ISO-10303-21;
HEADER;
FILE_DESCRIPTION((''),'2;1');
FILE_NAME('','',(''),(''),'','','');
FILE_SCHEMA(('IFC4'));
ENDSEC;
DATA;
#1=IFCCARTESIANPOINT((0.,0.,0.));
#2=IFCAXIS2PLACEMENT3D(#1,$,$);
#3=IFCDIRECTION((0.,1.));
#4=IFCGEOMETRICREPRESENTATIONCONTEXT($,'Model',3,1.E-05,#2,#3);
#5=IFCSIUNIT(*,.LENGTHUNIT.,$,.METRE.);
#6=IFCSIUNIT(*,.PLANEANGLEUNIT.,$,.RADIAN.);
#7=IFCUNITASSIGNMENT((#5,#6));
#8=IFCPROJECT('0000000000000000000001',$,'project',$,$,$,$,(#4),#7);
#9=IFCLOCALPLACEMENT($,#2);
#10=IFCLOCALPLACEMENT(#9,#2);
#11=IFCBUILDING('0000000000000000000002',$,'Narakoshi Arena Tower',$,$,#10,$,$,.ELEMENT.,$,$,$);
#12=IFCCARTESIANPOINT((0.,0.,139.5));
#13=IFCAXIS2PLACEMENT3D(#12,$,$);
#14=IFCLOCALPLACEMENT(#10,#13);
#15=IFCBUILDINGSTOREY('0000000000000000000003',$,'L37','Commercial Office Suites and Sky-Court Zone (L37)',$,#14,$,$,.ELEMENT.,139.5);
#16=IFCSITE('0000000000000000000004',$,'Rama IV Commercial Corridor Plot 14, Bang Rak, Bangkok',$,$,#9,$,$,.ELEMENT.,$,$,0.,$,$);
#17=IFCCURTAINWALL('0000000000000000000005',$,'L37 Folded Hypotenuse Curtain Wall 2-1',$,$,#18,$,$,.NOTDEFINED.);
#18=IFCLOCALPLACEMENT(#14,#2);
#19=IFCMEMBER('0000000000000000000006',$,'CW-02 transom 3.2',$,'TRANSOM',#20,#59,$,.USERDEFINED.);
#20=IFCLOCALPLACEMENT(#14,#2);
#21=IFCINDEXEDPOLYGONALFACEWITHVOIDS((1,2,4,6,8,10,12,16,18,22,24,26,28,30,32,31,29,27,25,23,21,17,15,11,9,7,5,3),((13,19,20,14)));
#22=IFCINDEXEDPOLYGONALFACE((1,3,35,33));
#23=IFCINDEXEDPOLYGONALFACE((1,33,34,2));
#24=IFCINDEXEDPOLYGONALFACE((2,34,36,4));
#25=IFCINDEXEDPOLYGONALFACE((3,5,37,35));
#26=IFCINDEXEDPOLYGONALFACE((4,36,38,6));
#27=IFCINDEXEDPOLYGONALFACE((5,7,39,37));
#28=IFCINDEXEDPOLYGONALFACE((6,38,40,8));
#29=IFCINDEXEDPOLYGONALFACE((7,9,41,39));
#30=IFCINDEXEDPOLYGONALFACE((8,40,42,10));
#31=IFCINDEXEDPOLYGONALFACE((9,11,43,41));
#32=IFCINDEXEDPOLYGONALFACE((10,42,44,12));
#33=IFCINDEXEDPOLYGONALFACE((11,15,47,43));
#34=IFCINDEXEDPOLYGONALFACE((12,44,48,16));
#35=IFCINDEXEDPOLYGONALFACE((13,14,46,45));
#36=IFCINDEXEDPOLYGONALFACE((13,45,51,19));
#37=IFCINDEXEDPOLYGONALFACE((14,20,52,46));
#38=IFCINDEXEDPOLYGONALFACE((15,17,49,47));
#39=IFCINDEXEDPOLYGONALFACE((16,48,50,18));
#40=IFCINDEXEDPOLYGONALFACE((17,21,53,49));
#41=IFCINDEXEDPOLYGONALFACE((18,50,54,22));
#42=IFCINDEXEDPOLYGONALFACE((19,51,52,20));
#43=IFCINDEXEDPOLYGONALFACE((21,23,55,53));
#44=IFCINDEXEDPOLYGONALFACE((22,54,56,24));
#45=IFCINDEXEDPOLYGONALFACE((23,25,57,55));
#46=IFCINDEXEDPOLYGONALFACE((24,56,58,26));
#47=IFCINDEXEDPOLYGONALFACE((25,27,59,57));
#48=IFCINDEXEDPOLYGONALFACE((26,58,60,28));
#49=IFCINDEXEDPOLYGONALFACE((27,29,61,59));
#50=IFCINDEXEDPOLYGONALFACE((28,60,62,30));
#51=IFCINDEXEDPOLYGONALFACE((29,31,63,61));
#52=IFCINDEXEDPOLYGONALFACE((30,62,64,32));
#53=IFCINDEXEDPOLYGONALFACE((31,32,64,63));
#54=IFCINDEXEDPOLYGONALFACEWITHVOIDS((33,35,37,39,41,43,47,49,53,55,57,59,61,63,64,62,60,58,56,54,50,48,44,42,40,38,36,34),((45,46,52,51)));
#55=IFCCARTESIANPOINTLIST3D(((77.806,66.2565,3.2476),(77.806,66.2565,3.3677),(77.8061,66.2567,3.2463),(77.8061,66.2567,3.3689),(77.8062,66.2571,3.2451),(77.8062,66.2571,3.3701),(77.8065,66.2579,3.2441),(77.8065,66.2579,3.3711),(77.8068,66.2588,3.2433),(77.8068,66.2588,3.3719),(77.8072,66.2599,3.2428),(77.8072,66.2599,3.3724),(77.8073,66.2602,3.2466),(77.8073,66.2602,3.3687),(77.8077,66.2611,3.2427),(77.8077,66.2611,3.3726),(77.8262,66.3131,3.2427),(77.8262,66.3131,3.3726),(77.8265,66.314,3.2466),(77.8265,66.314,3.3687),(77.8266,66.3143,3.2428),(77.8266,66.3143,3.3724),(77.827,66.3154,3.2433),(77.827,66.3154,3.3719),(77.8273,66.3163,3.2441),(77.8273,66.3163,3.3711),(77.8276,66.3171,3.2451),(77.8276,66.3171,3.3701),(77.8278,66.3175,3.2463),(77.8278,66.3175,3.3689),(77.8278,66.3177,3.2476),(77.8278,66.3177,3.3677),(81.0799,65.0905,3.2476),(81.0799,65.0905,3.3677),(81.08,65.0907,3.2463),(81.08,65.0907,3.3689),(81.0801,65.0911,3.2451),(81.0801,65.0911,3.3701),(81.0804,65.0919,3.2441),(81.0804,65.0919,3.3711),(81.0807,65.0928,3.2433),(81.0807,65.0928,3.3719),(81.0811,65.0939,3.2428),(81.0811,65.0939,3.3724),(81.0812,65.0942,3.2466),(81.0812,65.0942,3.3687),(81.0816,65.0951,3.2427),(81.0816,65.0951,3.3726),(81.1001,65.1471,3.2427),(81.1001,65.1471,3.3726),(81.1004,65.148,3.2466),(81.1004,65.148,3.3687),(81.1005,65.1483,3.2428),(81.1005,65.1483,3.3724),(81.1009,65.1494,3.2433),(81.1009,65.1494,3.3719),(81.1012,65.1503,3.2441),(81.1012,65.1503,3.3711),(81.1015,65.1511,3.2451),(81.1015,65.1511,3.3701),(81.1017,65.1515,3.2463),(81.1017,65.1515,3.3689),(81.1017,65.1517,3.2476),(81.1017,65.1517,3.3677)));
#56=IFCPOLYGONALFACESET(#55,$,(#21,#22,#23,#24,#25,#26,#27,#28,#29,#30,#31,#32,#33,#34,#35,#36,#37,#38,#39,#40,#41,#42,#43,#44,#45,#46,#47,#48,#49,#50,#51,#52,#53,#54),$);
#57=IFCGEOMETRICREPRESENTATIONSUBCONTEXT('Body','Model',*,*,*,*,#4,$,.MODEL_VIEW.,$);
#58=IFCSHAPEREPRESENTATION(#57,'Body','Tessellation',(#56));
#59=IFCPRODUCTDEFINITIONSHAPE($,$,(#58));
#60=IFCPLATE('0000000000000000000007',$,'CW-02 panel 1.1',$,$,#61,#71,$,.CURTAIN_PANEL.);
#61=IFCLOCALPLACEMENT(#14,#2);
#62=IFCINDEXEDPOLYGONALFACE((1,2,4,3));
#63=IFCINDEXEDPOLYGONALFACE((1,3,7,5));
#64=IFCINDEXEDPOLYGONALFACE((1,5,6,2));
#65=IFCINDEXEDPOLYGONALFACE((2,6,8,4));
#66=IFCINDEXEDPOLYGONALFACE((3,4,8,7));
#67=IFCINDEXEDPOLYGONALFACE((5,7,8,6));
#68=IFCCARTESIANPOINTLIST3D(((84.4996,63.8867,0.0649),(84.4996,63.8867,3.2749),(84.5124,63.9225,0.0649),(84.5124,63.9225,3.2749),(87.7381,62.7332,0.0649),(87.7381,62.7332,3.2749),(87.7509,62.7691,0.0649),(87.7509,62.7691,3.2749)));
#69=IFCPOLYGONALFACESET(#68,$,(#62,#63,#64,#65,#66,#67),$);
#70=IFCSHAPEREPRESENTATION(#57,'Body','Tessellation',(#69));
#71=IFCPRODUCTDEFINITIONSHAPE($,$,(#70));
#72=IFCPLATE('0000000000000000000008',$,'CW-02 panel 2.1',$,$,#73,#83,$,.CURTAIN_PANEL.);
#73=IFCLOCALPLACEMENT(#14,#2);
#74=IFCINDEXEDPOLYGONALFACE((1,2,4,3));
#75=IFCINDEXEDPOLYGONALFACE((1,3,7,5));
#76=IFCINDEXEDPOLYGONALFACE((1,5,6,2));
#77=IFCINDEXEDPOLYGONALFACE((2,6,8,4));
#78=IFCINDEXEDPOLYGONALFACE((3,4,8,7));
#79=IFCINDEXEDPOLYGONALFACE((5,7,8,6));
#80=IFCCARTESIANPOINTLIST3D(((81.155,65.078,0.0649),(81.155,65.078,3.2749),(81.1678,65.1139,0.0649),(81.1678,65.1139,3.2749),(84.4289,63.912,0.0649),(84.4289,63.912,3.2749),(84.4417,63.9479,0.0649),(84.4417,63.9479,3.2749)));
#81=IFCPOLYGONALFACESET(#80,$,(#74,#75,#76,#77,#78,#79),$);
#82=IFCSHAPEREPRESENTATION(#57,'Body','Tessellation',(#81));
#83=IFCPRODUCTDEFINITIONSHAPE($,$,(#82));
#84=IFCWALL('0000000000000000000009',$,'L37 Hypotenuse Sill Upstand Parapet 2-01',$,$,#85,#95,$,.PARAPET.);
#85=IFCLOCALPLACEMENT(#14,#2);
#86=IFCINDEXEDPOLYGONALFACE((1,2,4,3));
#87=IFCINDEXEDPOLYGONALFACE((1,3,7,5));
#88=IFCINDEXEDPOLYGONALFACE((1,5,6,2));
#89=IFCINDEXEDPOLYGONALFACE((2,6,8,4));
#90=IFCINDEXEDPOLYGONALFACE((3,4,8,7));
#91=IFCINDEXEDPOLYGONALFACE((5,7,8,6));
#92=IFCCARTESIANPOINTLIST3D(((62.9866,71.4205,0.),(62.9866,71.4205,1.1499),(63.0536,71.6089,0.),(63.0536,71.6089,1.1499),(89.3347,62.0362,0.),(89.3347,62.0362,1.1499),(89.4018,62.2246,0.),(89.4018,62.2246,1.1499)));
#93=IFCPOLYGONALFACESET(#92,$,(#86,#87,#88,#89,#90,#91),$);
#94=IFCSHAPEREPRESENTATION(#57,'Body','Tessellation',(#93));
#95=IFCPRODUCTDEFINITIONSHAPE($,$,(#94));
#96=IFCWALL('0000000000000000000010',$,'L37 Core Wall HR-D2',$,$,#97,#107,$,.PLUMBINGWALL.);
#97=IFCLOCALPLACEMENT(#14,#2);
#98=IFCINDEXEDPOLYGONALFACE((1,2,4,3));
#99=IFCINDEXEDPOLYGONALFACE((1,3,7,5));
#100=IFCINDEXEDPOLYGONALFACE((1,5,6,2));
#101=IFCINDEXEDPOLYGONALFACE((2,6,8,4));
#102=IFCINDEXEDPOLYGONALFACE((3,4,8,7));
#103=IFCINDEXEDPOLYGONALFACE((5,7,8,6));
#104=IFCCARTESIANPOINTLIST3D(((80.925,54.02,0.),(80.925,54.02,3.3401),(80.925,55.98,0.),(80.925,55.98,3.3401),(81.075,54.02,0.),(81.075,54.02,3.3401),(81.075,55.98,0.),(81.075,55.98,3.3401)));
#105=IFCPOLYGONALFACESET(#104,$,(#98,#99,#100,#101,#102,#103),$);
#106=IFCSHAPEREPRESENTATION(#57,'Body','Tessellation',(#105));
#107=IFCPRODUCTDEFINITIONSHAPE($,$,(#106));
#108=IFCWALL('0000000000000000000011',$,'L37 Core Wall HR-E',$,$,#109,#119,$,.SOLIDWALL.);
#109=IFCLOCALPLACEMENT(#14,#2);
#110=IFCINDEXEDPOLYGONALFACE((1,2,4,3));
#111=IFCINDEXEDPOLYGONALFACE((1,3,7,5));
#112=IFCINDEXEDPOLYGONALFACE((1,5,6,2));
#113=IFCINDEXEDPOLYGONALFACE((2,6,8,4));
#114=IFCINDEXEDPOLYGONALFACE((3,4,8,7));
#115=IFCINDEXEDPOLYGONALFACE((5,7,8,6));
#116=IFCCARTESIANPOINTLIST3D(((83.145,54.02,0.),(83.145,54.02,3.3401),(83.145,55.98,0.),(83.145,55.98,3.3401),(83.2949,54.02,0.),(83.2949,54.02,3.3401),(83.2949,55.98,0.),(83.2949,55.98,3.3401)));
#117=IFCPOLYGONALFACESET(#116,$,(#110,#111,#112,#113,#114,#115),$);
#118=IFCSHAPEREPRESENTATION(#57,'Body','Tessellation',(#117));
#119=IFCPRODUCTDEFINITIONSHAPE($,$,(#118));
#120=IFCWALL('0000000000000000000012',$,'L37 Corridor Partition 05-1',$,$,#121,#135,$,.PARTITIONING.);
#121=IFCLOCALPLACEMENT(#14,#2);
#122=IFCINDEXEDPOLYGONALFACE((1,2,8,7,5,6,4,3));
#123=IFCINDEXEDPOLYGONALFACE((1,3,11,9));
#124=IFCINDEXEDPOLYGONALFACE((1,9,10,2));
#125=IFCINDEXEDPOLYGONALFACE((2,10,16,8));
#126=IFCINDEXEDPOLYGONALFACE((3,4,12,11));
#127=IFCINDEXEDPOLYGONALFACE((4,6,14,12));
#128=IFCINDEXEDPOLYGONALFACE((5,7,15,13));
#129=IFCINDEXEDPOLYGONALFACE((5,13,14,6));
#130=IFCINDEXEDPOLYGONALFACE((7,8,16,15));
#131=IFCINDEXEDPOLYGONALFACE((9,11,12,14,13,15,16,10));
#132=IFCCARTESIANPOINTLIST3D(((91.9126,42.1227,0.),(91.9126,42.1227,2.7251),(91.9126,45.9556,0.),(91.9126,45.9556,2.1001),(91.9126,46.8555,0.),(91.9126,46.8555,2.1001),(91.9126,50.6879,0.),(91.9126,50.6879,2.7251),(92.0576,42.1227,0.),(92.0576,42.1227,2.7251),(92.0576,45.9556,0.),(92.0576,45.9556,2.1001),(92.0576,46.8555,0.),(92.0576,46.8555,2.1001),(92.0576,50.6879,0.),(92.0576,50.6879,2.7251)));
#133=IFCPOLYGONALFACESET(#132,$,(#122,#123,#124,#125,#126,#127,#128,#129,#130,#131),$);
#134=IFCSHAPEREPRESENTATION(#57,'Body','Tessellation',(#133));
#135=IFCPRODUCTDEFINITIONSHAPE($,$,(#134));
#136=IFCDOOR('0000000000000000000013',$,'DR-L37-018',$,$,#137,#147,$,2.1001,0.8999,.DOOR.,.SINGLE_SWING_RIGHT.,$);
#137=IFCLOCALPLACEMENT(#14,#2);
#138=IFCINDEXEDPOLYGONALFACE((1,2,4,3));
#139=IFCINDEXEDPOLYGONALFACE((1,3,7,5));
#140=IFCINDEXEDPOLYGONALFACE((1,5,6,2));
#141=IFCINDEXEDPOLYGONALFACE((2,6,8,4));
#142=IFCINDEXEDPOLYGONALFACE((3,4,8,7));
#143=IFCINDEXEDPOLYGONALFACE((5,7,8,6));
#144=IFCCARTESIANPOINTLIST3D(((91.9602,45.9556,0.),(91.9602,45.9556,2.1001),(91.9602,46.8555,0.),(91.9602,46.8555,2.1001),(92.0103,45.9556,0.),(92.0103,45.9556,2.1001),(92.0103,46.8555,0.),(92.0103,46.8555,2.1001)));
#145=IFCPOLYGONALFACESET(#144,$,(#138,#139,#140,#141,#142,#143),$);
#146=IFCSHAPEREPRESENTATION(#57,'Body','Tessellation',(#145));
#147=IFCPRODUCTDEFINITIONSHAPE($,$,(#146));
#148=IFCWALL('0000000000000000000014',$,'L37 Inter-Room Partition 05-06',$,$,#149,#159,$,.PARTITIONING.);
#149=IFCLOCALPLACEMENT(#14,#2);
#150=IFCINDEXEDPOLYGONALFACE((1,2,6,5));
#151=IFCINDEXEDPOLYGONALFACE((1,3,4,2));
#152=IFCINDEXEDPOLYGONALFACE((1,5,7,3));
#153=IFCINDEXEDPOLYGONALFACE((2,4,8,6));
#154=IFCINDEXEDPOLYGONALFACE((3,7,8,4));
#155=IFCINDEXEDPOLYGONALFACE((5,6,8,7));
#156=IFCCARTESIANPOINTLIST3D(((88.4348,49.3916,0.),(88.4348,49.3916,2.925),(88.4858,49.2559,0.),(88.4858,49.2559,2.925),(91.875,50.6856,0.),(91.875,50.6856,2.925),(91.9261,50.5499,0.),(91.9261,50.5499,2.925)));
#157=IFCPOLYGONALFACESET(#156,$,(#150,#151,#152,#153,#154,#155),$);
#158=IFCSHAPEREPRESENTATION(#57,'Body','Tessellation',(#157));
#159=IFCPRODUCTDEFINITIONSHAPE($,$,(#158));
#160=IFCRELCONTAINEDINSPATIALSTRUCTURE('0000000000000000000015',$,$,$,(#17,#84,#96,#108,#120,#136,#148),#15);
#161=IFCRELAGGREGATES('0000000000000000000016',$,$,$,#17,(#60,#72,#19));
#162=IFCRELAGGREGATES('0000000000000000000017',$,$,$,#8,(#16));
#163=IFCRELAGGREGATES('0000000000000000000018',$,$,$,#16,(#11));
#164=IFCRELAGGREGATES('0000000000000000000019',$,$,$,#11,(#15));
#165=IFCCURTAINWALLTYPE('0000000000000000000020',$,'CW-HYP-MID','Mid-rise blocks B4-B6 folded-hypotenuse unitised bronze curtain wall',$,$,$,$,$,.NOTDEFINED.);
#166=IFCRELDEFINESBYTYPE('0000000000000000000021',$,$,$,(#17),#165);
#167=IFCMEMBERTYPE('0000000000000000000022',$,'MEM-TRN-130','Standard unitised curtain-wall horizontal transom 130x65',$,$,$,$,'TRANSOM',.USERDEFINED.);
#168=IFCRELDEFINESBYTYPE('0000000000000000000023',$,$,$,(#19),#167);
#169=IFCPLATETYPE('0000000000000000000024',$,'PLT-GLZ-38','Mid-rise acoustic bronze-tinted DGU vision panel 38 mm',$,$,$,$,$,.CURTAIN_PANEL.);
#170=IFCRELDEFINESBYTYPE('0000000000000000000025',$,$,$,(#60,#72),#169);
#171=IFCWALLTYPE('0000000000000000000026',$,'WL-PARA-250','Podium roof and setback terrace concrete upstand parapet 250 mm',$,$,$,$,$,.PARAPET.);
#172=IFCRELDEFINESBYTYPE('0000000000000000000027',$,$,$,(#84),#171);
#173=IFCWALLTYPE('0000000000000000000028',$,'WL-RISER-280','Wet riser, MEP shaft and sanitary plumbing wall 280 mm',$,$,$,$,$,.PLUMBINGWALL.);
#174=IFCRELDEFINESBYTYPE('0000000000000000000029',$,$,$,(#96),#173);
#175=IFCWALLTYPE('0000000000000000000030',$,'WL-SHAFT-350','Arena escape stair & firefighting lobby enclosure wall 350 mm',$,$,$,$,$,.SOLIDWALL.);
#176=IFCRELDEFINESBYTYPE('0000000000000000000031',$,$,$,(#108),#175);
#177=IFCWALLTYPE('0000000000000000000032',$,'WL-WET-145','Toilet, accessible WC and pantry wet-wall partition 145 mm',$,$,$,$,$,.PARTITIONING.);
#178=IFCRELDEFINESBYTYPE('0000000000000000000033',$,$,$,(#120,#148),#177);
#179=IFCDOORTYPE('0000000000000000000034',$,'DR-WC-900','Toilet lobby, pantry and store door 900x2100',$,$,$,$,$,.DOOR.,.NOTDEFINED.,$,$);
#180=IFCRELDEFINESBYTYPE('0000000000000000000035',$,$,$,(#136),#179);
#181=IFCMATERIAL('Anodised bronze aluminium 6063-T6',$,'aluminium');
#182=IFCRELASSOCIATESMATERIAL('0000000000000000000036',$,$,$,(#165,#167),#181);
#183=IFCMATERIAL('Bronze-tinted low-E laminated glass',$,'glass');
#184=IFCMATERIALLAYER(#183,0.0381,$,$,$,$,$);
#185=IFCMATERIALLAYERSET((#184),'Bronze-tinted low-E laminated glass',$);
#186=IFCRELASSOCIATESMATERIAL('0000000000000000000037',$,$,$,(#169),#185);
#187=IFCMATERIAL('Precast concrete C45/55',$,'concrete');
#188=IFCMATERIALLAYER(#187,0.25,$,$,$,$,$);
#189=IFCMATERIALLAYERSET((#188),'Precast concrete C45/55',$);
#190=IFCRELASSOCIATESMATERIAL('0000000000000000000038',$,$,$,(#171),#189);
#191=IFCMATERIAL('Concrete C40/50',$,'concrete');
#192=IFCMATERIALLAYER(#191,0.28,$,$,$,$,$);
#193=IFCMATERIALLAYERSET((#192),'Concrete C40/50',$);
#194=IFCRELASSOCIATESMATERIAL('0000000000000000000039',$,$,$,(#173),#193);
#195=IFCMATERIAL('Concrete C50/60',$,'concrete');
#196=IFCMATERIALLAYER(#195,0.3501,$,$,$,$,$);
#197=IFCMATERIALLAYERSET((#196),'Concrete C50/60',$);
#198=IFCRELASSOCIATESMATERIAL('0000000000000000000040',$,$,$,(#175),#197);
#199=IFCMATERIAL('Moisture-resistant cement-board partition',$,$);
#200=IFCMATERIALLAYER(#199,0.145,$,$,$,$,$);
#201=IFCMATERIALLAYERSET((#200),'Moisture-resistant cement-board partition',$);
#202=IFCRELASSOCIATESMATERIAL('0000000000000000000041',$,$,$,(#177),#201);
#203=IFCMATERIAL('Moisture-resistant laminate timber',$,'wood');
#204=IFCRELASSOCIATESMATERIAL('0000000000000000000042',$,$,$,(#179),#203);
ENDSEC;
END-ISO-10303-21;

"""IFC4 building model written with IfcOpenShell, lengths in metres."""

from ifc_helpers import new_model, si_unit, direction, frame, frame_2d, origin, origin_2d, place, context, subcontext, project, spatial, rectangle, hollow_rectangle, extrude, material, layer, layer_set, material_profile, profile_set, type_object, element, fill, aggregate, save


model = new_model("IFC4")

# Units and contexts
model_context = context("Model", 3, precision=1e-05, world=origin(), true_north=direction((0.0, 1.0)))
body_context = subcontext(model_context, "Body", "Model", "MODEL_VIEW")
ifc_project = project(units=[si_unit("LENGTHUNIT", "METRE"), si_unit("PLANEANGLEUNIT", "RADIAN")], contexts=[model_context])

# Site, building, storey
site_placement = place(None, origin())
site = spatial("IfcSite", under=ifc_project, at=site_placement, Name="Rama IV Commercial Corridor Plot 14, Bang Rak, Bangkok", CompositionType="ELEMENT", RefElevation=0.0)
building_placement = place(site_placement, origin())
building = spatial("IfcBuilding", under=site, at=building_placement, Name="Narakoshi Arena Tower", CompositionType="ELEMENT")
storey_placement = place(building_placement, frame((0.0, 0.0, 139.5)))
storey = spatial("IfcBuildingStorey", under=building, at=storey_placement, Name="L37", Description="Commercial Office Suites and Sky-Court Zone (L37)", CompositionType="ELEMENT", Elevation=139.5)

# Shared definitions
ifc_material_1 = material(Name="Anodised bronze aluminium 6063-T6", Category="aluminium")
curtain_wall_type = type_object("IfcCurtainWallType", Name="CW-HYP-MID", Description="Mid-rise blocks B4-B6 folded-hypotenuse unitised bronze curtain wall", PredefinedType="NOTDEFINED", material=ifc_material_1)

# Curtain wall, member, plates
curtain_wall_1_placement = place(storey_placement, origin())
curtain_wall_1 = element("IfcCurtainWall", 1, at=curtain_wall_1_placement, inside=storey, type_object=curtain_wall_type, Name="L37 Folded Hypotenuse Curtain Wall 2-1", PredefinedType="NOTDEFINED")
ifc_material_profile_1 = material_profile(ifc_material_1, hollow_rectangle(XDim=0.0649, YDim=0.1299, WallThickness=0.0039, OuterFilletRadius=0.0049, at=origin_2d()), Name="TRN130x65x4")
ifc_profile_set_1 = profile_set([ifc_material_profile_1], Name="Anodised bronze aluminium 6063-T6")
member_type_1 = type_object("IfcMemberType", Name="MEM-TRN-130", Description="Standard unitised curtain-wall horizontal transom 130x65", ElementType="TRANSOM", PredefinedType="USERDEFINED", material=ifc_profile_set_1)
member_1_placement = place(storey_placement, frame((81.0908, 65.1211, 3.3076), z_axis=(-0.942037, 0.335509, 0.0), x_axis=(-0.335509, -0.942037, 0.0)))
member_1 = element("IfcMember", 2, at=member_1_placement, type_object=member_type_1, Name="CW-02 transom 3.2", ObjectType="TRANSOM", PredefinedType="USERDEFINED", context=body_context, shape_type="SweptSolid", body=[
    extrude(hollow_rectangle(XDim=0.0649, YDim=0.1299, WallThickness=0.0039, OuterFilletRadius=0.0049, at=origin_2d()), origin(), (0.0, 0.0, 1.0), 3.4753),
])
ifc_material_2 = material(Name="Bronze-tinted low-E laminated glass", Category="glass")
ifc_layer_1 = layer(ifc_material_2, 0.0381)
ifc_layer_set_1 = layer_set([ifc_layer_1], Name="Bronze-tinted low-E laminated glass")
plate_type = type_object("IfcPlateType", Name="PLT-GLZ-38", Description="Mid-rise acoustic bronze-tinted DGU vision panel 38 mm", PredefinedType="CURTAIN_PANEL", material=ifc_layer_set_1)
plate_1_placement = place(storey_placement, frame((86.1252, 63.3279, 0.0649), z_axis=(0.0, 0.0, 1.0), x_axis=(-0.942034, 0.335518, 0.0)))
plate_1 = element("IfcPlate", 3, at=plate_1_placement, type_object=plate_type, Name="CW-02 panel 1.1", PredefinedType="CURTAIN_PANEL", context=body_context, shape_type="SweptSolid", body=[
    extrude(rectangle(XDim=3.4377, YDim=0.0381, at=origin_2d()), origin(), (0.0, 0.0, 1.0), 3.21),
])
plate_2_placement = place(storey_placement, frame((82.7983, 64.5129, 0.0649), z_axis=(0.0, 0.0, 1.0), x_axis=(-0.942034, 0.335518, 0.0)))
plate_2 = element("IfcPlate", 4, at=plate_2_placement, type_object=plate_type, Name="CW-02 panel 2.1", PredefinedType="CURTAIN_PANEL", context=body_context, shape_type="SweptSolid", body=[
    extrude(rectangle(XDim=3.4753, YDim=0.0381, at=origin_2d()), origin(), (0.0, 0.0, 1.0), 3.21),
])
aggregate(curtain_wall_1, [plate_1, plate_2, member_1])

# Walls
ifc_material_3 = material(Name="Precast concrete C45/55", Category="concrete")
ifc_layer_2 = layer(ifc_material_3, 0.25)
ifc_layer_set_2 = layer_set([ifc_layer_2], Name="Precast concrete C45/55")
wall_type_1 = type_object("IfcWallType", Name="WL-PARA-250", Description="Podium roof and setback terrace concrete upstand parapet 250 mm", PredefinedType="PARAPET", material=ifc_layer_set_2)
wall_1_placement = place(storey_placement, frame((89.3684, 62.1304, 0.0), z_axis=(0.0, 0.0, 1.0), x_axis=(-0.942033, 0.335519, 0.0)))
element("IfcWall", 5, at=wall_1_placement, inside=storey, type_object=wall_type_1, Name="L37 Hypotenuse Sill Upstand Parapet 2-01", PredefinedType="PARAPET", context=body_context, shape_type="SweptSolid", body=[
    extrude(rectangle(XDim=27.9695, YDim=0.2, at=frame_2d((13.9849, 0.0))), origin(), (0.0, 0.0, 1.0), 1.1499),
])
ifc_material_4 = material(Name="Concrete C40/50", Category="concrete")
ifc_layer_3 = layer(ifc_material_4, 0.28)
ifc_layer_set_3 = layer_set([ifc_layer_3], Name="Concrete C40/50")
wall_type_2 = type_object("IfcWallType", Name="WL-RISER-280", Description="Wet riser, MEP shaft and sanitary plumbing wall 280 mm", PredefinedType="PLUMBINGWALL", material=ifc_layer_set_3)
wall_2_placement = place(storey_placement, frame((81.0, 54.02, 0.0), z_axis=(0.0, 0.0, 1.0), x_axis=(0.0, 1.0, 0.0)))
element("IfcWall", 6, at=wall_2_placement, inside=storey, type_object=wall_type_2, Name="L37 Core Wall HR-D2", PredefinedType="PLUMBINGWALL", context=body_context, shape_type="SweptSolid", body=[
    extrude(rectangle(XDim=1.96, YDim=0.1499, at=frame_2d((0.98, 0.0))), origin(), (0.0, 0.0, 1.0), 3.3401),
])
ifc_material_5 = material(Name="Concrete C50/60", Category="concrete")
ifc_layer_4 = layer(ifc_material_5, 0.3501)
ifc_layer_set_4 = layer_set([ifc_layer_4], Name="Concrete C50/60")
wall_type_3 = type_object("IfcWallType", Name="WL-SHAFT-350", Description="Arena escape stair & firefighting lobby enclosure wall 350 mm", PredefinedType="SOLIDWALL", material=ifc_layer_set_4)
wall_3_placement = place(storey_placement, frame((83.22, 54.02, 0.0), z_axis=(0.0, 0.0, 1.0), x_axis=(0.0, 1.0, 0.0)))
element("IfcWall", 7, at=wall_3_placement, inside=storey, type_object=wall_type_3, Name="L37 Core Wall HR-E", PredefinedType="SOLIDWALL", context=body_context, shape_type="SweptSolid", body=[
    extrude(rectangle(XDim=1.96, YDim=0.1499, at=frame_2d((0.98, 0.0))), origin(), (0.0, 0.0, 1.0), 3.3401),
])

# Wall, opening, door
ifc_material_6 = material(Name="Moisture-resistant cement-board partition")
ifc_layer_5 = layer(ifc_material_6, 0.145)
ifc_layer_set_5 = layer_set([ifc_layer_5], Name="Moisture-resistant cement-board partition")
wall_type_4 = type_object("IfcWallType", Name="WL-WET-145", Description="Toilet, accessible WC and pantry wet-wall partition 145 mm", PredefinedType="PARTITIONING", material=ifc_layer_set_5)
wall_4_placement = place(storey_placement, frame((91.9851, 50.688, 0.0), z_axis=(0.0, 0.0, 1.0), x_axis=(0.0, -1.0, 0.0)))
wall_4 = element("IfcWall", 8, at=wall_4_placement, inside=storey, type_object=wall_type_4, Name="L37 Corridor Partition 05-1", PredefinedType="PARTITIONING", context=body_context, shape_type="SweptSolid", body=[
    extrude(rectangle(XDim=8.5652, YDim=0.145, at=frame_2d((4.2827, 0.0))), origin(), (0.0, 0.0, 1.0), 2.7251),
])
opening_1_placement = place(wall_4_placement, frame((3.8325, 0.0, 0.0)))
opening_1 = element("IfcOpeningElement", 9, at=opening_1_placement, cuts=wall_4, PredefinedType="OPENING", context=body_context, shape_type="SweptSolid", body=[
    extrude(rectangle(XDim=0.8999, YDim=2.1001, at=frame_2d((0.45, 1.05))), frame((0.0, 0.0825, 0.0), z_axis=(0.0, -1.0, 0.0), x_axis=(1.0, 0.0, 0.0)), (0.0, 0.0, 1.0), 0.165),
])
ifc_material_7 = material(Name="Moisture-resistant laminate timber", Category="wood")
door_type_1 = type_object("IfcDoorType", Name="DR-WC-900", Description="Toilet lobby, pantry and store door 900x2100", OperationType="NOTDEFINED", PredefinedType="DOOR", material=ifc_material_7)
door_1_placement = place(opening_1_placement, frame((0.8999, 0.0, 0.0), z_axis=(0.0, 0.0, 1.0), x_axis=(-1.0, 0.0, 0.0)))
door_1 = element("IfcDoor", 10, at=door_1_placement, inside=storey, type_object=door_type_1, Name="DR-L37-018", OperationType="SINGLE_SWING_RIGHT", OverallHeight=2.1001, OverallWidth=0.8999, PredefinedType="DOOR", context=body_context, shape_type="SweptSolid", body=[
    extrude(rectangle(XDim=0.8999, YDim=2.1001, at=frame_2d((0.45, 1.05))), frame((0.0, 0.0249, 0.0), z_axis=(0.0, -1.0, 0.0), x_axis=(1.0, 0.0, 0.0)), (0.0, 0.0, 1.0), 0.05),
])
fill(opening_1, door_1)

# Wall
wall_5_placement = place(storey_placement, frame((88.4602, 49.3237, 0.0), z_axis=(0.0, 0.0, 1.0), x_axis=(0.935982, 0.352048, 0.0)))
element("IfcWall", 11, at=wall_5_placement, inside=storey, type_object=wall_type_4, Name="L37 Inter-Room Partition 05-06", PredefinedType="PARTITIONING", context=body_context, shape_type="SweptSolid", body=[
    extrude(rectangle(XDim=3.6755, YDim=0.145, at=frame_2d((1.8379, 0.0))), origin(), (0.0, 0.0, 1.0), 2.925),
])

save(model, "model.ifc")
